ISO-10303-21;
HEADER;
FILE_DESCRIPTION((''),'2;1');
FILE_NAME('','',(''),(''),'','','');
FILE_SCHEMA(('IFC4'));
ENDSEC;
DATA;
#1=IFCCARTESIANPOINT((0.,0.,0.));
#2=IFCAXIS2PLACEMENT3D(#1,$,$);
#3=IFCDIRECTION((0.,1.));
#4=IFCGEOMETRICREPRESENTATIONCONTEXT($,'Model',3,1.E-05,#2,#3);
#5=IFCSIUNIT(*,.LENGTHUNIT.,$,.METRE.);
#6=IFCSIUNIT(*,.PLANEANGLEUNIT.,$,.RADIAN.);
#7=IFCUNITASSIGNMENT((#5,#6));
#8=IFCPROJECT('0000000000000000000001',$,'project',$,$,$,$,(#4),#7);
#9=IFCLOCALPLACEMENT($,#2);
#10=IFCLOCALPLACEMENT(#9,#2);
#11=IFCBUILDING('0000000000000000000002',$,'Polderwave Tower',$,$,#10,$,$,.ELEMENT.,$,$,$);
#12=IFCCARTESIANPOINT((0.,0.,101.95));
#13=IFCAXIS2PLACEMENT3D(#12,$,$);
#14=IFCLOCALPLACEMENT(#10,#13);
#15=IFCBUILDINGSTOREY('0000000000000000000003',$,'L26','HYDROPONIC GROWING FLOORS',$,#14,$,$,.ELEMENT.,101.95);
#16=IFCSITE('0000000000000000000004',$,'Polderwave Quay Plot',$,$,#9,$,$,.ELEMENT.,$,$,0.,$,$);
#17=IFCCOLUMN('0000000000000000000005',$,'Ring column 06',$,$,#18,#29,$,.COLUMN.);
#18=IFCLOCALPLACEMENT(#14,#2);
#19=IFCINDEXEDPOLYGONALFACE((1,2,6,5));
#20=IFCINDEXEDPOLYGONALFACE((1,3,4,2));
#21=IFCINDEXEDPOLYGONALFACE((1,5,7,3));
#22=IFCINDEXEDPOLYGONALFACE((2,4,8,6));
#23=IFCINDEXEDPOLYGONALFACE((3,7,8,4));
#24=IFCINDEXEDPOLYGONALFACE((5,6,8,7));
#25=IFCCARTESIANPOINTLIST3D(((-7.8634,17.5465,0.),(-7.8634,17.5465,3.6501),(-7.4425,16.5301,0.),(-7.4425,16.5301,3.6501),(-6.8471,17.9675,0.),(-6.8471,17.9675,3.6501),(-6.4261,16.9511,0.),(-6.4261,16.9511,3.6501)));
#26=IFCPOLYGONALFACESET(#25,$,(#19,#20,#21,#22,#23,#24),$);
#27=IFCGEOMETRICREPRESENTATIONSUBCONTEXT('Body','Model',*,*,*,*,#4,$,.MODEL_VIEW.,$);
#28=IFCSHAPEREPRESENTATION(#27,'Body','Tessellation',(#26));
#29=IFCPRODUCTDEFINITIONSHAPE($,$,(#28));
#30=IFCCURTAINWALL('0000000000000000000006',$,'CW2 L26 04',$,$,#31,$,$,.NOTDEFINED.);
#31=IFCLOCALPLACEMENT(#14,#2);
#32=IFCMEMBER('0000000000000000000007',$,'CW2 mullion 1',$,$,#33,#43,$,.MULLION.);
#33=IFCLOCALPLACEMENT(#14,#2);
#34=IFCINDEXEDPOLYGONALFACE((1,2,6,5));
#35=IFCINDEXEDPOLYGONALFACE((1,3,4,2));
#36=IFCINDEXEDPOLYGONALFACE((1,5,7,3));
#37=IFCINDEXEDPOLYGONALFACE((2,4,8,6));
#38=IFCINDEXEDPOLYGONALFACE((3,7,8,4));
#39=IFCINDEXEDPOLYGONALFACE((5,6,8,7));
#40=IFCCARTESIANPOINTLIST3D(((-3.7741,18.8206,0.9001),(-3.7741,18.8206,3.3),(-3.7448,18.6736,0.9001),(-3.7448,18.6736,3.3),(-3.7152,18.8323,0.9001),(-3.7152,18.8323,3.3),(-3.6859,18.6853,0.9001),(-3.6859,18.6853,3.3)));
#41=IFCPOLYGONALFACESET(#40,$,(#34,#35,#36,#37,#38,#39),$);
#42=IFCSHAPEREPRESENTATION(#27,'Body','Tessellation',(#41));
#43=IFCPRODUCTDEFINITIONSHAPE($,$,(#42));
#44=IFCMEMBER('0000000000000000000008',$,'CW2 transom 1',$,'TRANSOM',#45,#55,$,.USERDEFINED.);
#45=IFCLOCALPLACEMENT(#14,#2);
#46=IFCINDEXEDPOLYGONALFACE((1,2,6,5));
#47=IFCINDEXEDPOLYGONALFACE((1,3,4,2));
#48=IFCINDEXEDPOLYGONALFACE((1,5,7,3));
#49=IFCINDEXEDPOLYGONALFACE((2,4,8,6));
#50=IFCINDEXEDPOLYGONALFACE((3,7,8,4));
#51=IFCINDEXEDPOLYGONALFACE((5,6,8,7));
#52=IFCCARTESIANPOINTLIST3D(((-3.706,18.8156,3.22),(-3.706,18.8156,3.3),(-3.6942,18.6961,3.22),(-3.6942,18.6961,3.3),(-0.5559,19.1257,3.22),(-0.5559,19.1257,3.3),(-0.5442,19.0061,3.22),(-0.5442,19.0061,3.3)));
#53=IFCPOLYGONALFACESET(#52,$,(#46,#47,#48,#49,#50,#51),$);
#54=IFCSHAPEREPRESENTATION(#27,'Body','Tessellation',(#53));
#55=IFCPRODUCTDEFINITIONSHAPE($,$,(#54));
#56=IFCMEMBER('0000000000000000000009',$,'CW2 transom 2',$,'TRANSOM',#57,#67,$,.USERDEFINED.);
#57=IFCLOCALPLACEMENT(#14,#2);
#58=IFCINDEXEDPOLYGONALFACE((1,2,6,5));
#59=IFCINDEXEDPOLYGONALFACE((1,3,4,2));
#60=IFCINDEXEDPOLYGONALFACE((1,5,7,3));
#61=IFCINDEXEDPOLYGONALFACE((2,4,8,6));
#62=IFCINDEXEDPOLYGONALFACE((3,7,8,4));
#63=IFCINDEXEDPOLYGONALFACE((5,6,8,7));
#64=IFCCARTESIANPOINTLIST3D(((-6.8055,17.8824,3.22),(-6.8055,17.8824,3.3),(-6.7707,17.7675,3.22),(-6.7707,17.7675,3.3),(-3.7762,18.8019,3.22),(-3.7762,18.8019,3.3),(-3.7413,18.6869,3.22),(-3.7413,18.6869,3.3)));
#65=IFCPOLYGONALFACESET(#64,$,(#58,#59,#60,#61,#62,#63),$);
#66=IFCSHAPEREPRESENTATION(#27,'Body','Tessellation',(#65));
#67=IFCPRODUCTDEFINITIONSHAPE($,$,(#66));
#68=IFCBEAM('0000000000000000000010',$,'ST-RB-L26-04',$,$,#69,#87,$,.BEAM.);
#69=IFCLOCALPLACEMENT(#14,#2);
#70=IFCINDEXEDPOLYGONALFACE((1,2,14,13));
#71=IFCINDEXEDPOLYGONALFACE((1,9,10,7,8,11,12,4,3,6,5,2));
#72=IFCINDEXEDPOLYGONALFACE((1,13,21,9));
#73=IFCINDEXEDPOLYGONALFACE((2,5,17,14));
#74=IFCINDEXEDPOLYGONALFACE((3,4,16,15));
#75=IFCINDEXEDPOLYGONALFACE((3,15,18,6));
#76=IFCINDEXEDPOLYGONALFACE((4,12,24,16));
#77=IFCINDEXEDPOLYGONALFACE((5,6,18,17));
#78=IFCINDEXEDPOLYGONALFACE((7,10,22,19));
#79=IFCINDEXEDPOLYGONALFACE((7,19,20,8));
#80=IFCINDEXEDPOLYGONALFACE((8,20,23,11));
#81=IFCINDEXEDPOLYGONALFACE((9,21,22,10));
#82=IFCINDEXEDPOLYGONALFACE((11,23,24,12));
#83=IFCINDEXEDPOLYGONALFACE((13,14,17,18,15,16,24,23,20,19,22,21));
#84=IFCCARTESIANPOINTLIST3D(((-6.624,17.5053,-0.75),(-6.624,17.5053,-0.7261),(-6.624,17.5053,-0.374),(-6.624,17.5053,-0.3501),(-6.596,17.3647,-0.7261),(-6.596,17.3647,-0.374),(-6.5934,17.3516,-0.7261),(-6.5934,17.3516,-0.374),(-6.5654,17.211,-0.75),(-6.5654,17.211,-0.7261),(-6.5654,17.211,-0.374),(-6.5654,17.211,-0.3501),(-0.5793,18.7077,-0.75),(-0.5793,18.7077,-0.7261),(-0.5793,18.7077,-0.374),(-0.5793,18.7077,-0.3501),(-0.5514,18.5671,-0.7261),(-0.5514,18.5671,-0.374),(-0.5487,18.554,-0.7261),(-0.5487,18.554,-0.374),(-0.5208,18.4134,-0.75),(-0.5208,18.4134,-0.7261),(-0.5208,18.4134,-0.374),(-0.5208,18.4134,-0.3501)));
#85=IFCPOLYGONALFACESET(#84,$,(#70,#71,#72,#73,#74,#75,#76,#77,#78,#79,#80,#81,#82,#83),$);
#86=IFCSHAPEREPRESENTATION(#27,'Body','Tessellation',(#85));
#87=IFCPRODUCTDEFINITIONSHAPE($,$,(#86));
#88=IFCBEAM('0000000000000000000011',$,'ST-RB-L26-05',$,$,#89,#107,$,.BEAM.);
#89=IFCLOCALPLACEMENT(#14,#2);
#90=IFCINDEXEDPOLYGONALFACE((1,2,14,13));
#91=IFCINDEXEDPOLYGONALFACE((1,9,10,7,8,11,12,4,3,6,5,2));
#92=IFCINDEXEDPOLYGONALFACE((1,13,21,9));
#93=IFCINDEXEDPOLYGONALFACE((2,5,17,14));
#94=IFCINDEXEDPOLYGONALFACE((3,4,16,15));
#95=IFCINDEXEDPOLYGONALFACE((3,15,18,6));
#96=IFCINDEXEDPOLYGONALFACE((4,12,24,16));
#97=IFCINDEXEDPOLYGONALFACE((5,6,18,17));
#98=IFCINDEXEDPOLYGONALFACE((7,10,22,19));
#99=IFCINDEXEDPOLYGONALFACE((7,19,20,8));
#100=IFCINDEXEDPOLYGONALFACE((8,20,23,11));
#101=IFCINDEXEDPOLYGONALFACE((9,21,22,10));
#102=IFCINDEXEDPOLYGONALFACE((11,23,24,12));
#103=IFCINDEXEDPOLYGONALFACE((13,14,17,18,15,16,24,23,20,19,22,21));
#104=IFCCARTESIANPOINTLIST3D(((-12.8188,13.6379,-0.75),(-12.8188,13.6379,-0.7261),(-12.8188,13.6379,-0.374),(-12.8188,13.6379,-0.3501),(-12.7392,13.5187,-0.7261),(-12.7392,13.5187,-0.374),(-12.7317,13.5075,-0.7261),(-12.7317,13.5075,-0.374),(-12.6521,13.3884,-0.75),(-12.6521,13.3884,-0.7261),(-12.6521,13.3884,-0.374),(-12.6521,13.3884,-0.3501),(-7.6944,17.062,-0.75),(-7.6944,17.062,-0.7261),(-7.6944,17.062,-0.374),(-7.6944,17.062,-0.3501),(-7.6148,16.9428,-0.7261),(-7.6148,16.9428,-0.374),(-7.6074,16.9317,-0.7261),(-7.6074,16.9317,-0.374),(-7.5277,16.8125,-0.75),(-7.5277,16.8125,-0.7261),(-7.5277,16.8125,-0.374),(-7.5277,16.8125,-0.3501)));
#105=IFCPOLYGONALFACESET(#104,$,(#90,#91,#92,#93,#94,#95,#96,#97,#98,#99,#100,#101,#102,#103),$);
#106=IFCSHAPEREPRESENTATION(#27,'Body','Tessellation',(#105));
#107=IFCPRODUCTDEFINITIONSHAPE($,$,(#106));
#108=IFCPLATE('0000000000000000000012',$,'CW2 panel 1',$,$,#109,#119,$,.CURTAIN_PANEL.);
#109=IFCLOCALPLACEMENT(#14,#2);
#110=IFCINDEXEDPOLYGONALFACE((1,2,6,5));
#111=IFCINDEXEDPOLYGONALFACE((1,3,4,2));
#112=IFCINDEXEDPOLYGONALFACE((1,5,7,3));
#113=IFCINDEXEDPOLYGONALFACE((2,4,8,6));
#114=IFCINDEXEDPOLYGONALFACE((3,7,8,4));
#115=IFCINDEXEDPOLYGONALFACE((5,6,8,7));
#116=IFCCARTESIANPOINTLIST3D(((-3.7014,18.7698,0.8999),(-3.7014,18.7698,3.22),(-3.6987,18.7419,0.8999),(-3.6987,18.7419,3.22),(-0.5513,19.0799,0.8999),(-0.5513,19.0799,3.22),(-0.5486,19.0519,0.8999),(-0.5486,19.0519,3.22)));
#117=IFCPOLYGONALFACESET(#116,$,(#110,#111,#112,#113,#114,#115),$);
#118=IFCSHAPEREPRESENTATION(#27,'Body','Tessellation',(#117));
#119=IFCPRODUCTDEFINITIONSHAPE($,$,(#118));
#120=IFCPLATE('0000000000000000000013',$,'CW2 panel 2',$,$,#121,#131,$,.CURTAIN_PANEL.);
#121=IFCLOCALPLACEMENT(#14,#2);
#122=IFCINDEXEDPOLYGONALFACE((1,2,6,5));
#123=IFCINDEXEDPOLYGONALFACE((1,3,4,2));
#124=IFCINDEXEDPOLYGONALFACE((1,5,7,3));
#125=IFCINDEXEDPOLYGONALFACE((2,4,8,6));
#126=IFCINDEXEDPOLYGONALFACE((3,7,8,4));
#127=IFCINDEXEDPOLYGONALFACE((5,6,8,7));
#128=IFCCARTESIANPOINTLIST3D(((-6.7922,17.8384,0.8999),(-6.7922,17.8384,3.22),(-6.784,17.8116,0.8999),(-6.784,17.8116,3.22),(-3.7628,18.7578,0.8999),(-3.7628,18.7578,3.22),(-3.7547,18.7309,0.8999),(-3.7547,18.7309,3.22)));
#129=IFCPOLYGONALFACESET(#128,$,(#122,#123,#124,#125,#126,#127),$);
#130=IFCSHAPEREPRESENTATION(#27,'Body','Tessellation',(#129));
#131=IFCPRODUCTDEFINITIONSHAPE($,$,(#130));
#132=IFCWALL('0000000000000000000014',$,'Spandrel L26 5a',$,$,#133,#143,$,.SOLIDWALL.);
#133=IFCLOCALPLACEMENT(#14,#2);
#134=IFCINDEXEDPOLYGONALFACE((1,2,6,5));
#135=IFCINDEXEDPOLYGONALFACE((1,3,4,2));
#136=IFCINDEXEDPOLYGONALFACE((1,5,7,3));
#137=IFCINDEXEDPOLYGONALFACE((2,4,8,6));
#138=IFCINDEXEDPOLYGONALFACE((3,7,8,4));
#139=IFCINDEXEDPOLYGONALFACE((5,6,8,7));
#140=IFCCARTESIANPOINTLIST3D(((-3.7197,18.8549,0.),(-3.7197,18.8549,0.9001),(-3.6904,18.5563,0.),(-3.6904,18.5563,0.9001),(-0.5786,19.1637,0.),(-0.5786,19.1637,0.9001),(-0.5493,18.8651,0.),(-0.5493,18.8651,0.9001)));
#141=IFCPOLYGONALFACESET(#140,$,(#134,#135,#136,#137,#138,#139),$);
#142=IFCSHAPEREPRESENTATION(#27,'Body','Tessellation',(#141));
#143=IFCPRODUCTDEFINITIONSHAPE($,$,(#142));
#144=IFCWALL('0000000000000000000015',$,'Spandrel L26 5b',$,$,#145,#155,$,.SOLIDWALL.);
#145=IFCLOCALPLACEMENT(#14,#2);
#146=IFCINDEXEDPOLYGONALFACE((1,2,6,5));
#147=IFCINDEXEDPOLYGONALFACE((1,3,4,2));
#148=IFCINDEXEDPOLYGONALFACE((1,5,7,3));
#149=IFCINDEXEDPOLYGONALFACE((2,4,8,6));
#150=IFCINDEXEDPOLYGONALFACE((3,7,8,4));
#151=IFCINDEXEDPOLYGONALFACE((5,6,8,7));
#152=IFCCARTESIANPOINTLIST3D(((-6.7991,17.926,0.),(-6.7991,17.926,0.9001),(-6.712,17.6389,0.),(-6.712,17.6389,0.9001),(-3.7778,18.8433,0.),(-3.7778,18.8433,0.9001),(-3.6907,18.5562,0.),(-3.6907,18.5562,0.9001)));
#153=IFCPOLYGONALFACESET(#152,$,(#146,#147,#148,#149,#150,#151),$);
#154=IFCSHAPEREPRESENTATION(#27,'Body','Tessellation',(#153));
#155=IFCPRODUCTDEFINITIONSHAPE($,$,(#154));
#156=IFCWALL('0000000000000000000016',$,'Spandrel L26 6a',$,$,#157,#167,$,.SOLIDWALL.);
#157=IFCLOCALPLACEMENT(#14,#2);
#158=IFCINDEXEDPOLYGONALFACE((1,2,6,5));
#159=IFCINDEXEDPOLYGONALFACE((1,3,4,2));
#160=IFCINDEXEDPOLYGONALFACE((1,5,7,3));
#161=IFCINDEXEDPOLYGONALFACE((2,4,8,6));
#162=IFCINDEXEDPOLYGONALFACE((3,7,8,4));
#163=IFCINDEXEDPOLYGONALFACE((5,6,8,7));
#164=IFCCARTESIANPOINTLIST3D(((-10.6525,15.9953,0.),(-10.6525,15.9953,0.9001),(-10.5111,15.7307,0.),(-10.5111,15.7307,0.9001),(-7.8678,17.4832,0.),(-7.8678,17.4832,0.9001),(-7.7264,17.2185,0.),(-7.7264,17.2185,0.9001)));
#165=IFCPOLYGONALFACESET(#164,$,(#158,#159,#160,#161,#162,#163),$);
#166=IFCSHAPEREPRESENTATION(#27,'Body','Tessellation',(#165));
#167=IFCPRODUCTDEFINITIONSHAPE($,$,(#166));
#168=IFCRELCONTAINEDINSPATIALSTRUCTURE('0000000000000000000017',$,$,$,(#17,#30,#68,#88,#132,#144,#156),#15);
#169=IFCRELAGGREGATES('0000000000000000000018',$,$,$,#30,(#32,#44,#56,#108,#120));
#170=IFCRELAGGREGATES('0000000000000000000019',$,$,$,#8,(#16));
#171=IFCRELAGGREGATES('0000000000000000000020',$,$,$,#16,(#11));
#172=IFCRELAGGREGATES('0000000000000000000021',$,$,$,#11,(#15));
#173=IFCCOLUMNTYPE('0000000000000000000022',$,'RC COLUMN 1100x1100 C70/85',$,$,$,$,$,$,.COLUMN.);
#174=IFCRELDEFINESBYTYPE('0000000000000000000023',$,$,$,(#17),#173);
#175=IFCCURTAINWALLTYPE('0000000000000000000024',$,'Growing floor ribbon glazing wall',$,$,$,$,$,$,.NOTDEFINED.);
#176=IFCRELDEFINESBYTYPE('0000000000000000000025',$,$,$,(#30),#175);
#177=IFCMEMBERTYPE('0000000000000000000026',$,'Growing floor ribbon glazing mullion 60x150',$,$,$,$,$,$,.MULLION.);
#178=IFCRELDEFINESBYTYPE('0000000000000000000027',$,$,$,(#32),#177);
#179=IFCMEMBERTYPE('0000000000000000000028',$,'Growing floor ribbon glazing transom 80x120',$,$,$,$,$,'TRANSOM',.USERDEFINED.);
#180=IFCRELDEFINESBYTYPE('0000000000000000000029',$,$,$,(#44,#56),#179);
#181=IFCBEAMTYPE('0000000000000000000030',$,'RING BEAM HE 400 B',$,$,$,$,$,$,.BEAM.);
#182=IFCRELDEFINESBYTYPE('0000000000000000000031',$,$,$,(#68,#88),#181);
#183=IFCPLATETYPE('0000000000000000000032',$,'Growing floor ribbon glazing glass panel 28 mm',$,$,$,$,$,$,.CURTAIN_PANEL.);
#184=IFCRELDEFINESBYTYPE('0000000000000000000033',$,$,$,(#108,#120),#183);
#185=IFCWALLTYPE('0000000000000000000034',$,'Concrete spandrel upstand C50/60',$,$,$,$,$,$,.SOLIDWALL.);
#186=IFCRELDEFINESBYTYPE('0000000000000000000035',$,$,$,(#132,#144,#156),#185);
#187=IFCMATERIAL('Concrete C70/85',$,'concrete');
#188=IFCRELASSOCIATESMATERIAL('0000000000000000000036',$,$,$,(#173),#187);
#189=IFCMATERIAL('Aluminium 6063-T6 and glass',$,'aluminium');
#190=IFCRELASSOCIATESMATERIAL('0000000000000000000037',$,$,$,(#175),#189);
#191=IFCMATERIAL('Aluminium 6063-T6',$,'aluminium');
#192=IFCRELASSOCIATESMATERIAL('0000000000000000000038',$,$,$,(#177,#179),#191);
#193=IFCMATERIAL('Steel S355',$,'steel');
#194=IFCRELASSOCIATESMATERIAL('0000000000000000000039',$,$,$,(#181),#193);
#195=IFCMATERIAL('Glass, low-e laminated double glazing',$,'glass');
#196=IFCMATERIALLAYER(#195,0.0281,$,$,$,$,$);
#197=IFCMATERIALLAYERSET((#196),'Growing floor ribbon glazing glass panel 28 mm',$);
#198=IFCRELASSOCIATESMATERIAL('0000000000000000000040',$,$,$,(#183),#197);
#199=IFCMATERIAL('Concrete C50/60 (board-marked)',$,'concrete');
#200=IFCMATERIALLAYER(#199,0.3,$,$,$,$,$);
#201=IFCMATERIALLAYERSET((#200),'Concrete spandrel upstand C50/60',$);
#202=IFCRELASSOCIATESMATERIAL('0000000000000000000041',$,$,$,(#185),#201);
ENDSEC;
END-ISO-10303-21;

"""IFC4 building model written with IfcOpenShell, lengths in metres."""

from ifc_helpers import new_model, si_unit, direction, frame, frame_2d, origin, origin_2d, place, context, subcontext, project, spatial, rectangle, i_section, extrude, material, layer, layer_set, material_profile, profile_set, type_object, element, aggregate, save


model = new_model("IFC4")

# Units and contexts
model_context = context("Model", 3, precision=1e-05, world=origin(), true_north=direction((0.0, 1.0)))
body_context = subcontext(model_context, "Body", "Model", "MODEL_VIEW")
ifc_project = project(units=[si_unit("LENGTHUNIT", "METRE"), si_unit("PLANEANGLEUNIT", "RADIAN")], contexts=[model_context])

# Site, building, storey
site_placement = place(None, origin())
site = spatial("IfcSite", under=ifc_project, at=site_placement, Name="Polderwave Quay Plot", CompositionType="ELEMENT", RefElevation=0.0)
building_placement = place(site_placement, origin())
building = spatial("IfcBuilding", under=site, at=building_placement, Name="Polderwave Tower", CompositionType="ELEMENT")
storey_placement = place(building_placement, frame((0.0, 0.0, 101.95)))
storey = spatial("IfcBuildingStorey", under=building, at=storey_placement, Name="L26", Description="HYDROPONIC GROWING FLOORS", CompositionType="ELEMENT", Elevation=101.95)

# Column
ifc_material_1 = material(Name="Concrete C70/85", Category="concrete")
ifc_material_profile_1 = material_profile(ifc_material_1, rectangle(XDim=1.1001, YDim=1.1001, at=origin_2d()), Name="RC 1100x1100")
ifc_profile_set_1 = profile_set([ifc_material_profile_1], Name="Concrete C70/85")
column_type = type_object("IfcColumnType", Name="RC COLUMN 1100x1100 C70/85", PredefinedType="COLUMN", material=ifc_profile_set_1)
column_placement = place(storey_placement, frame((-7.1448, 17.2488, 0.0), z_axis=(0.0, 0.0, 1.0), x_axis=(-0.382683, 0.92388, 0.0)))
element("IfcColumn", 1, at=column_placement, inside=storey, type_object=column_type, Name="Ring column 06", PredefinedType="COLUMN", context=body_context, shape_type="SweptSolid", body=[
    extrude(rectangle(XDim=1.1001, YDim=1.1001, at=origin_2d()), origin(), (0.0, 0.0, 1.0), 3.6501),
])

# Curtain wall, members
ifc_material_2 = material(Name="Aluminium 6063-T6 and glass", Category="aluminium")
curtain_wall_type = type_object("IfcCurtainWallType", Name="Growing floor ribbon glazing wall", PredefinedType="NOTDEFINED", material=ifc_material_2)
curtain_wall_placement = place(storey_placement, origin())
curtain_wall = element("IfcCurtainWall", 2, at=curtain_wall_placement, inside=storey, type_object=curtain_wall_type, Name="CW2 L26 04", PredefinedType="NOTDEFINED")
ifc_material_3 = material(Name="Aluminium 6063-T6", Category="aluminium")
ifc_material_profile_2 = material_profile(ifc_material_3, rectangle(XDim=0.1499, YDim=0.0601, at=origin_2d()), Name="AL 60x150")
ifc_profile_set_2 = profile_set([ifc_material_profile_2], Name="Aluminium 6063-T6")
member_type_1 = type_object("IfcMemberType", Name="Growing floor ribbon glazing mullion 60x150", PredefinedType="MULLION", material=ifc_profile_set_2)
member_1_placement = place(storey_placement, frame((-3.73, 18.7529, 0.9001), z_axis=(0.0, 0.0, 1.0), x_axis=(0.195113, -0.980781, 0.0)))
member_1 = element("IfcMember", 3, at=member_1_placement, type_object=member_type_1, Name="CW2 mullion 1", PredefinedType="MULLION", context=body_context, shape_type="SweptSolid", body=[
    extrude(rectangle(XDim=0.1499, YDim=0.0601, at=origin_2d()), origin(), (0.0, 0.0, 1.0), 2.3999),
])
ifc_material_profile_3 = material_profile(ifc_material_3, rectangle(XDim=0.1201, YDim=0.0801, at=origin_2d()), Name="AL 80x120")
ifc_profile_set_3 = profile_set([ifc_material_profile_3], Name="Aluminium 6063-T6")
member_type_2 = type_object("IfcMemberType", Name="Growing floor ribbon glazing transom 80x120", ElementType="TRANSOM", PredefinedType="USERDEFINED", material=ifc_profile_set_3)
member_2_placement = place(storey_placement, frame((-0.55, 19.0659, 3.26), z_axis=(-0.995191, -0.097953, 0.0), x_axis=(0.097953, -0.995191, 0.0)))
member_2 = element("IfcMember", 4, at=member_2_placement, type_object=member_type_2, Name="CW2 transom 1", ObjectType="TRANSOM", PredefinedType="USERDEFINED", context=body_context, shape_type="SweptSolid", body=[
    extrude(rectangle(XDim=0.1201, YDim=0.0801, at=origin_2d()), origin(), (0.0, 0.0, 1.0), 3.1653),
])
member_3_placement = place(storey_placement, frame((-3.7588, 18.7444, 3.26), z_axis=(-0.956896, -0.290431, 0.0), x_axis=(0.290431, -0.956896, 0.0)))
member_3 = element("IfcMember", 5, at=member_3_placement, type_object=member_type_2, Name="CW2 transom 2", ObjectType="TRANSOM", PredefinedType="USERDEFINED", context=body_context, shape_type="SweptSolid", body=[
    extrude(rectangle(XDim=0.1201, YDim=0.0801, at=origin_2d()), origin(), (0.0, 0.0, 1.0), 3.1658),
])

# Beams
ifc_material_4 = material(Name="Steel S355", Category="steel")
ifc_material_profile_4 = material_profile(ifc_material_4, i_section(OverallWidth=0.3, OverallDepth=0.3999, WebThickness=0.0134, FlangeThickness=0.0239, at=origin_2d()), Name="HE 400 B")
ifc_profile_set_4 = profile_set([ifc_material_profile_4], Name="Steel S355")
beam_type = type_object("IfcBeamType", Name="RING BEAM HE 400 B", PredefinedType="BEAM", material=ifc_profile_set_4)
for number, where, z_axis, x_axis, name in (
    (6, (-0.55, 18.5605, -0.55), (-0.980784, -0.195095, 0.0), (0.195095, -0.980784, 0.0), "ST-RB-L26-04"),
    (7, (-7.6111, 16.9373, -0.55), (-0.831459, -0.555587, 0.0), (0.555587, -0.831459, 0.0), "ST-RB-L26-05"),
):
    element("IfcBeam", number, at=place(storey_placement, frame(where, z_axis=z_axis, x_axis=x_axis)), inside=storey, type_object=beam_type, Name=name, PredefinedType="BEAM", context=body_context, shape_type="SweptSolid", body=[
        extrude(i_section(OverallWidth=0.3, OverallDepth=0.3999, WebThickness=0.0134, FlangeThickness=0.0239, at=origin_2d()), origin(), (0.0, 0.0, 1.0), 6.1631),
    ])

# Plates
ifc_material_5 = material(Name="Glass, low-e laminated double glazing", Category="glass")
ifc_layer_1 = layer(ifc_material_5, 0.0281)
ifc_layer_set_1 = layer_set([ifc_layer_1], Name="Growing floor ribbon glazing glass panel 28 mm")
plate_type = type_object("IfcPlateType", Name="Growing floor ribbon glazing glass panel 28 mm", PredefinedType="CURTAIN_PANEL", material=ifc_layer_set_1)
plate_1_placement = place(storey_placement, frame((-2.125, 18.9109, 0.8999), z_axis=(0.0, 0.0, 1.0), x_axis=(-0.995191, -0.097955, 0.0)))
plate_1 = element("IfcPlate", 8, at=plate_1_placement, type_object=plate_type, Name="CW2 panel 1", PredefinedType="CURTAIN_PANEL", context=body_context, shape_type="SweptSolid", body=[
    extrude(rectangle(XDim=3.1653, YDim=0.0281, at=origin_2d()), origin(), (0.0, 0.0, 1.0), 2.3201),
])
plate_2_placement = place(storey_placement, frame((-5.2734, 18.2847, 0.8999), z_axis=(0.0, 0.0, 1.0), x_axis=(-0.956908, -0.29039, 0.0)))
plate_2 = element("IfcPlate", 9, at=plate_2_placement, type_object=plate_type, Name="CW2 panel 2", PredefinedType="CURTAIN_PANEL", context=body_context, shape_type="SweptSolid", body=[
    extrude(rectangle(XDim=3.1658, YDim=0.0281, at=origin_2d()), origin(), (0.0, 0.0, 1.0), 2.3201),
])
aggregate(curtain_wall, [member_1, member_2, member_3, plate_1, plate_2])

# Walls
ifc_material_6 = material(Name="Concrete C50/60 (board-marked)", Category="concrete")
ifc_layer_2 = layer(ifc_material_6, 0.3)
ifc_layer_set_2 = layer_set([ifc_layer_2], Name="Concrete spandrel upstand C50/60")
wall_type_1 = type_object("IfcWallType", Name="Concrete spandrel upstand C50/60", PredefinedType="SOLIDWALL", material=ifc_layer_set_2)
wall_1_placement = place(storey_placement, frame((-0.564, 19.0144, 0.0), z_axis=(0.0, 0.0, 1.0), x_axis=(-0.995201, -0.097849, 0.0)))
element("IfcWall", 10, at=wall_1_placement, inside=storey, type_object=wall_type_1, Name="Spandrel L26 5a", PredefinedType="SOLIDWALL", context=body_context, shape_type="SweptSolid", body=[
    extrude(rectangle(XDim=3.1562, YDim=0.3, at=frame_2d((1.5781, 0.0))), origin(), (0.0, 0.0, 1.0), 0.9001),
])
wall_2_placement = place(storey_placement, frame((-3.7344, 18.6997, 0.0), z_axis=(0.0, 0.0, 1.0), x_axis=(-0.956874, -0.290503, 0.0)))
element("IfcWall", 11, at=wall_2_placement, inside=storey, type_object=wall_type_1, Name="Spandrel L26 5b", PredefinedType="SOLIDWALL", context=body_context, shape_type="SweptSolid", body=[
    extrude(rectangle(XDim=3.1575, YDim=0.3, at=frame_2d((1.5786, 0.0))), origin(), (0.0, 0.0, 1.0), 0.9001),
])
wall_3_placement = place(storey_placement, frame((-7.7971, 17.3508, 0.0), z_axis=(0.0, 0.0, 1.0), x_axis=(-0.882006, -0.471238, 0.0)))
element("IfcWall", 12, at=wall_3_placement, inside=storey, type_object=wall_type_1, Name="Spandrel L26 6a", PredefinedType="SOLIDWALL", context=body_context, shape_type="SweptSolid", body=[
    extrude(rectangle(XDim=3.1572, YDim=0.3, at=frame_2d((1.5786, 0.0))), origin(), (0.0, 0.0, 1.0), 0.9001),
])

save(model, "model.ifc")
